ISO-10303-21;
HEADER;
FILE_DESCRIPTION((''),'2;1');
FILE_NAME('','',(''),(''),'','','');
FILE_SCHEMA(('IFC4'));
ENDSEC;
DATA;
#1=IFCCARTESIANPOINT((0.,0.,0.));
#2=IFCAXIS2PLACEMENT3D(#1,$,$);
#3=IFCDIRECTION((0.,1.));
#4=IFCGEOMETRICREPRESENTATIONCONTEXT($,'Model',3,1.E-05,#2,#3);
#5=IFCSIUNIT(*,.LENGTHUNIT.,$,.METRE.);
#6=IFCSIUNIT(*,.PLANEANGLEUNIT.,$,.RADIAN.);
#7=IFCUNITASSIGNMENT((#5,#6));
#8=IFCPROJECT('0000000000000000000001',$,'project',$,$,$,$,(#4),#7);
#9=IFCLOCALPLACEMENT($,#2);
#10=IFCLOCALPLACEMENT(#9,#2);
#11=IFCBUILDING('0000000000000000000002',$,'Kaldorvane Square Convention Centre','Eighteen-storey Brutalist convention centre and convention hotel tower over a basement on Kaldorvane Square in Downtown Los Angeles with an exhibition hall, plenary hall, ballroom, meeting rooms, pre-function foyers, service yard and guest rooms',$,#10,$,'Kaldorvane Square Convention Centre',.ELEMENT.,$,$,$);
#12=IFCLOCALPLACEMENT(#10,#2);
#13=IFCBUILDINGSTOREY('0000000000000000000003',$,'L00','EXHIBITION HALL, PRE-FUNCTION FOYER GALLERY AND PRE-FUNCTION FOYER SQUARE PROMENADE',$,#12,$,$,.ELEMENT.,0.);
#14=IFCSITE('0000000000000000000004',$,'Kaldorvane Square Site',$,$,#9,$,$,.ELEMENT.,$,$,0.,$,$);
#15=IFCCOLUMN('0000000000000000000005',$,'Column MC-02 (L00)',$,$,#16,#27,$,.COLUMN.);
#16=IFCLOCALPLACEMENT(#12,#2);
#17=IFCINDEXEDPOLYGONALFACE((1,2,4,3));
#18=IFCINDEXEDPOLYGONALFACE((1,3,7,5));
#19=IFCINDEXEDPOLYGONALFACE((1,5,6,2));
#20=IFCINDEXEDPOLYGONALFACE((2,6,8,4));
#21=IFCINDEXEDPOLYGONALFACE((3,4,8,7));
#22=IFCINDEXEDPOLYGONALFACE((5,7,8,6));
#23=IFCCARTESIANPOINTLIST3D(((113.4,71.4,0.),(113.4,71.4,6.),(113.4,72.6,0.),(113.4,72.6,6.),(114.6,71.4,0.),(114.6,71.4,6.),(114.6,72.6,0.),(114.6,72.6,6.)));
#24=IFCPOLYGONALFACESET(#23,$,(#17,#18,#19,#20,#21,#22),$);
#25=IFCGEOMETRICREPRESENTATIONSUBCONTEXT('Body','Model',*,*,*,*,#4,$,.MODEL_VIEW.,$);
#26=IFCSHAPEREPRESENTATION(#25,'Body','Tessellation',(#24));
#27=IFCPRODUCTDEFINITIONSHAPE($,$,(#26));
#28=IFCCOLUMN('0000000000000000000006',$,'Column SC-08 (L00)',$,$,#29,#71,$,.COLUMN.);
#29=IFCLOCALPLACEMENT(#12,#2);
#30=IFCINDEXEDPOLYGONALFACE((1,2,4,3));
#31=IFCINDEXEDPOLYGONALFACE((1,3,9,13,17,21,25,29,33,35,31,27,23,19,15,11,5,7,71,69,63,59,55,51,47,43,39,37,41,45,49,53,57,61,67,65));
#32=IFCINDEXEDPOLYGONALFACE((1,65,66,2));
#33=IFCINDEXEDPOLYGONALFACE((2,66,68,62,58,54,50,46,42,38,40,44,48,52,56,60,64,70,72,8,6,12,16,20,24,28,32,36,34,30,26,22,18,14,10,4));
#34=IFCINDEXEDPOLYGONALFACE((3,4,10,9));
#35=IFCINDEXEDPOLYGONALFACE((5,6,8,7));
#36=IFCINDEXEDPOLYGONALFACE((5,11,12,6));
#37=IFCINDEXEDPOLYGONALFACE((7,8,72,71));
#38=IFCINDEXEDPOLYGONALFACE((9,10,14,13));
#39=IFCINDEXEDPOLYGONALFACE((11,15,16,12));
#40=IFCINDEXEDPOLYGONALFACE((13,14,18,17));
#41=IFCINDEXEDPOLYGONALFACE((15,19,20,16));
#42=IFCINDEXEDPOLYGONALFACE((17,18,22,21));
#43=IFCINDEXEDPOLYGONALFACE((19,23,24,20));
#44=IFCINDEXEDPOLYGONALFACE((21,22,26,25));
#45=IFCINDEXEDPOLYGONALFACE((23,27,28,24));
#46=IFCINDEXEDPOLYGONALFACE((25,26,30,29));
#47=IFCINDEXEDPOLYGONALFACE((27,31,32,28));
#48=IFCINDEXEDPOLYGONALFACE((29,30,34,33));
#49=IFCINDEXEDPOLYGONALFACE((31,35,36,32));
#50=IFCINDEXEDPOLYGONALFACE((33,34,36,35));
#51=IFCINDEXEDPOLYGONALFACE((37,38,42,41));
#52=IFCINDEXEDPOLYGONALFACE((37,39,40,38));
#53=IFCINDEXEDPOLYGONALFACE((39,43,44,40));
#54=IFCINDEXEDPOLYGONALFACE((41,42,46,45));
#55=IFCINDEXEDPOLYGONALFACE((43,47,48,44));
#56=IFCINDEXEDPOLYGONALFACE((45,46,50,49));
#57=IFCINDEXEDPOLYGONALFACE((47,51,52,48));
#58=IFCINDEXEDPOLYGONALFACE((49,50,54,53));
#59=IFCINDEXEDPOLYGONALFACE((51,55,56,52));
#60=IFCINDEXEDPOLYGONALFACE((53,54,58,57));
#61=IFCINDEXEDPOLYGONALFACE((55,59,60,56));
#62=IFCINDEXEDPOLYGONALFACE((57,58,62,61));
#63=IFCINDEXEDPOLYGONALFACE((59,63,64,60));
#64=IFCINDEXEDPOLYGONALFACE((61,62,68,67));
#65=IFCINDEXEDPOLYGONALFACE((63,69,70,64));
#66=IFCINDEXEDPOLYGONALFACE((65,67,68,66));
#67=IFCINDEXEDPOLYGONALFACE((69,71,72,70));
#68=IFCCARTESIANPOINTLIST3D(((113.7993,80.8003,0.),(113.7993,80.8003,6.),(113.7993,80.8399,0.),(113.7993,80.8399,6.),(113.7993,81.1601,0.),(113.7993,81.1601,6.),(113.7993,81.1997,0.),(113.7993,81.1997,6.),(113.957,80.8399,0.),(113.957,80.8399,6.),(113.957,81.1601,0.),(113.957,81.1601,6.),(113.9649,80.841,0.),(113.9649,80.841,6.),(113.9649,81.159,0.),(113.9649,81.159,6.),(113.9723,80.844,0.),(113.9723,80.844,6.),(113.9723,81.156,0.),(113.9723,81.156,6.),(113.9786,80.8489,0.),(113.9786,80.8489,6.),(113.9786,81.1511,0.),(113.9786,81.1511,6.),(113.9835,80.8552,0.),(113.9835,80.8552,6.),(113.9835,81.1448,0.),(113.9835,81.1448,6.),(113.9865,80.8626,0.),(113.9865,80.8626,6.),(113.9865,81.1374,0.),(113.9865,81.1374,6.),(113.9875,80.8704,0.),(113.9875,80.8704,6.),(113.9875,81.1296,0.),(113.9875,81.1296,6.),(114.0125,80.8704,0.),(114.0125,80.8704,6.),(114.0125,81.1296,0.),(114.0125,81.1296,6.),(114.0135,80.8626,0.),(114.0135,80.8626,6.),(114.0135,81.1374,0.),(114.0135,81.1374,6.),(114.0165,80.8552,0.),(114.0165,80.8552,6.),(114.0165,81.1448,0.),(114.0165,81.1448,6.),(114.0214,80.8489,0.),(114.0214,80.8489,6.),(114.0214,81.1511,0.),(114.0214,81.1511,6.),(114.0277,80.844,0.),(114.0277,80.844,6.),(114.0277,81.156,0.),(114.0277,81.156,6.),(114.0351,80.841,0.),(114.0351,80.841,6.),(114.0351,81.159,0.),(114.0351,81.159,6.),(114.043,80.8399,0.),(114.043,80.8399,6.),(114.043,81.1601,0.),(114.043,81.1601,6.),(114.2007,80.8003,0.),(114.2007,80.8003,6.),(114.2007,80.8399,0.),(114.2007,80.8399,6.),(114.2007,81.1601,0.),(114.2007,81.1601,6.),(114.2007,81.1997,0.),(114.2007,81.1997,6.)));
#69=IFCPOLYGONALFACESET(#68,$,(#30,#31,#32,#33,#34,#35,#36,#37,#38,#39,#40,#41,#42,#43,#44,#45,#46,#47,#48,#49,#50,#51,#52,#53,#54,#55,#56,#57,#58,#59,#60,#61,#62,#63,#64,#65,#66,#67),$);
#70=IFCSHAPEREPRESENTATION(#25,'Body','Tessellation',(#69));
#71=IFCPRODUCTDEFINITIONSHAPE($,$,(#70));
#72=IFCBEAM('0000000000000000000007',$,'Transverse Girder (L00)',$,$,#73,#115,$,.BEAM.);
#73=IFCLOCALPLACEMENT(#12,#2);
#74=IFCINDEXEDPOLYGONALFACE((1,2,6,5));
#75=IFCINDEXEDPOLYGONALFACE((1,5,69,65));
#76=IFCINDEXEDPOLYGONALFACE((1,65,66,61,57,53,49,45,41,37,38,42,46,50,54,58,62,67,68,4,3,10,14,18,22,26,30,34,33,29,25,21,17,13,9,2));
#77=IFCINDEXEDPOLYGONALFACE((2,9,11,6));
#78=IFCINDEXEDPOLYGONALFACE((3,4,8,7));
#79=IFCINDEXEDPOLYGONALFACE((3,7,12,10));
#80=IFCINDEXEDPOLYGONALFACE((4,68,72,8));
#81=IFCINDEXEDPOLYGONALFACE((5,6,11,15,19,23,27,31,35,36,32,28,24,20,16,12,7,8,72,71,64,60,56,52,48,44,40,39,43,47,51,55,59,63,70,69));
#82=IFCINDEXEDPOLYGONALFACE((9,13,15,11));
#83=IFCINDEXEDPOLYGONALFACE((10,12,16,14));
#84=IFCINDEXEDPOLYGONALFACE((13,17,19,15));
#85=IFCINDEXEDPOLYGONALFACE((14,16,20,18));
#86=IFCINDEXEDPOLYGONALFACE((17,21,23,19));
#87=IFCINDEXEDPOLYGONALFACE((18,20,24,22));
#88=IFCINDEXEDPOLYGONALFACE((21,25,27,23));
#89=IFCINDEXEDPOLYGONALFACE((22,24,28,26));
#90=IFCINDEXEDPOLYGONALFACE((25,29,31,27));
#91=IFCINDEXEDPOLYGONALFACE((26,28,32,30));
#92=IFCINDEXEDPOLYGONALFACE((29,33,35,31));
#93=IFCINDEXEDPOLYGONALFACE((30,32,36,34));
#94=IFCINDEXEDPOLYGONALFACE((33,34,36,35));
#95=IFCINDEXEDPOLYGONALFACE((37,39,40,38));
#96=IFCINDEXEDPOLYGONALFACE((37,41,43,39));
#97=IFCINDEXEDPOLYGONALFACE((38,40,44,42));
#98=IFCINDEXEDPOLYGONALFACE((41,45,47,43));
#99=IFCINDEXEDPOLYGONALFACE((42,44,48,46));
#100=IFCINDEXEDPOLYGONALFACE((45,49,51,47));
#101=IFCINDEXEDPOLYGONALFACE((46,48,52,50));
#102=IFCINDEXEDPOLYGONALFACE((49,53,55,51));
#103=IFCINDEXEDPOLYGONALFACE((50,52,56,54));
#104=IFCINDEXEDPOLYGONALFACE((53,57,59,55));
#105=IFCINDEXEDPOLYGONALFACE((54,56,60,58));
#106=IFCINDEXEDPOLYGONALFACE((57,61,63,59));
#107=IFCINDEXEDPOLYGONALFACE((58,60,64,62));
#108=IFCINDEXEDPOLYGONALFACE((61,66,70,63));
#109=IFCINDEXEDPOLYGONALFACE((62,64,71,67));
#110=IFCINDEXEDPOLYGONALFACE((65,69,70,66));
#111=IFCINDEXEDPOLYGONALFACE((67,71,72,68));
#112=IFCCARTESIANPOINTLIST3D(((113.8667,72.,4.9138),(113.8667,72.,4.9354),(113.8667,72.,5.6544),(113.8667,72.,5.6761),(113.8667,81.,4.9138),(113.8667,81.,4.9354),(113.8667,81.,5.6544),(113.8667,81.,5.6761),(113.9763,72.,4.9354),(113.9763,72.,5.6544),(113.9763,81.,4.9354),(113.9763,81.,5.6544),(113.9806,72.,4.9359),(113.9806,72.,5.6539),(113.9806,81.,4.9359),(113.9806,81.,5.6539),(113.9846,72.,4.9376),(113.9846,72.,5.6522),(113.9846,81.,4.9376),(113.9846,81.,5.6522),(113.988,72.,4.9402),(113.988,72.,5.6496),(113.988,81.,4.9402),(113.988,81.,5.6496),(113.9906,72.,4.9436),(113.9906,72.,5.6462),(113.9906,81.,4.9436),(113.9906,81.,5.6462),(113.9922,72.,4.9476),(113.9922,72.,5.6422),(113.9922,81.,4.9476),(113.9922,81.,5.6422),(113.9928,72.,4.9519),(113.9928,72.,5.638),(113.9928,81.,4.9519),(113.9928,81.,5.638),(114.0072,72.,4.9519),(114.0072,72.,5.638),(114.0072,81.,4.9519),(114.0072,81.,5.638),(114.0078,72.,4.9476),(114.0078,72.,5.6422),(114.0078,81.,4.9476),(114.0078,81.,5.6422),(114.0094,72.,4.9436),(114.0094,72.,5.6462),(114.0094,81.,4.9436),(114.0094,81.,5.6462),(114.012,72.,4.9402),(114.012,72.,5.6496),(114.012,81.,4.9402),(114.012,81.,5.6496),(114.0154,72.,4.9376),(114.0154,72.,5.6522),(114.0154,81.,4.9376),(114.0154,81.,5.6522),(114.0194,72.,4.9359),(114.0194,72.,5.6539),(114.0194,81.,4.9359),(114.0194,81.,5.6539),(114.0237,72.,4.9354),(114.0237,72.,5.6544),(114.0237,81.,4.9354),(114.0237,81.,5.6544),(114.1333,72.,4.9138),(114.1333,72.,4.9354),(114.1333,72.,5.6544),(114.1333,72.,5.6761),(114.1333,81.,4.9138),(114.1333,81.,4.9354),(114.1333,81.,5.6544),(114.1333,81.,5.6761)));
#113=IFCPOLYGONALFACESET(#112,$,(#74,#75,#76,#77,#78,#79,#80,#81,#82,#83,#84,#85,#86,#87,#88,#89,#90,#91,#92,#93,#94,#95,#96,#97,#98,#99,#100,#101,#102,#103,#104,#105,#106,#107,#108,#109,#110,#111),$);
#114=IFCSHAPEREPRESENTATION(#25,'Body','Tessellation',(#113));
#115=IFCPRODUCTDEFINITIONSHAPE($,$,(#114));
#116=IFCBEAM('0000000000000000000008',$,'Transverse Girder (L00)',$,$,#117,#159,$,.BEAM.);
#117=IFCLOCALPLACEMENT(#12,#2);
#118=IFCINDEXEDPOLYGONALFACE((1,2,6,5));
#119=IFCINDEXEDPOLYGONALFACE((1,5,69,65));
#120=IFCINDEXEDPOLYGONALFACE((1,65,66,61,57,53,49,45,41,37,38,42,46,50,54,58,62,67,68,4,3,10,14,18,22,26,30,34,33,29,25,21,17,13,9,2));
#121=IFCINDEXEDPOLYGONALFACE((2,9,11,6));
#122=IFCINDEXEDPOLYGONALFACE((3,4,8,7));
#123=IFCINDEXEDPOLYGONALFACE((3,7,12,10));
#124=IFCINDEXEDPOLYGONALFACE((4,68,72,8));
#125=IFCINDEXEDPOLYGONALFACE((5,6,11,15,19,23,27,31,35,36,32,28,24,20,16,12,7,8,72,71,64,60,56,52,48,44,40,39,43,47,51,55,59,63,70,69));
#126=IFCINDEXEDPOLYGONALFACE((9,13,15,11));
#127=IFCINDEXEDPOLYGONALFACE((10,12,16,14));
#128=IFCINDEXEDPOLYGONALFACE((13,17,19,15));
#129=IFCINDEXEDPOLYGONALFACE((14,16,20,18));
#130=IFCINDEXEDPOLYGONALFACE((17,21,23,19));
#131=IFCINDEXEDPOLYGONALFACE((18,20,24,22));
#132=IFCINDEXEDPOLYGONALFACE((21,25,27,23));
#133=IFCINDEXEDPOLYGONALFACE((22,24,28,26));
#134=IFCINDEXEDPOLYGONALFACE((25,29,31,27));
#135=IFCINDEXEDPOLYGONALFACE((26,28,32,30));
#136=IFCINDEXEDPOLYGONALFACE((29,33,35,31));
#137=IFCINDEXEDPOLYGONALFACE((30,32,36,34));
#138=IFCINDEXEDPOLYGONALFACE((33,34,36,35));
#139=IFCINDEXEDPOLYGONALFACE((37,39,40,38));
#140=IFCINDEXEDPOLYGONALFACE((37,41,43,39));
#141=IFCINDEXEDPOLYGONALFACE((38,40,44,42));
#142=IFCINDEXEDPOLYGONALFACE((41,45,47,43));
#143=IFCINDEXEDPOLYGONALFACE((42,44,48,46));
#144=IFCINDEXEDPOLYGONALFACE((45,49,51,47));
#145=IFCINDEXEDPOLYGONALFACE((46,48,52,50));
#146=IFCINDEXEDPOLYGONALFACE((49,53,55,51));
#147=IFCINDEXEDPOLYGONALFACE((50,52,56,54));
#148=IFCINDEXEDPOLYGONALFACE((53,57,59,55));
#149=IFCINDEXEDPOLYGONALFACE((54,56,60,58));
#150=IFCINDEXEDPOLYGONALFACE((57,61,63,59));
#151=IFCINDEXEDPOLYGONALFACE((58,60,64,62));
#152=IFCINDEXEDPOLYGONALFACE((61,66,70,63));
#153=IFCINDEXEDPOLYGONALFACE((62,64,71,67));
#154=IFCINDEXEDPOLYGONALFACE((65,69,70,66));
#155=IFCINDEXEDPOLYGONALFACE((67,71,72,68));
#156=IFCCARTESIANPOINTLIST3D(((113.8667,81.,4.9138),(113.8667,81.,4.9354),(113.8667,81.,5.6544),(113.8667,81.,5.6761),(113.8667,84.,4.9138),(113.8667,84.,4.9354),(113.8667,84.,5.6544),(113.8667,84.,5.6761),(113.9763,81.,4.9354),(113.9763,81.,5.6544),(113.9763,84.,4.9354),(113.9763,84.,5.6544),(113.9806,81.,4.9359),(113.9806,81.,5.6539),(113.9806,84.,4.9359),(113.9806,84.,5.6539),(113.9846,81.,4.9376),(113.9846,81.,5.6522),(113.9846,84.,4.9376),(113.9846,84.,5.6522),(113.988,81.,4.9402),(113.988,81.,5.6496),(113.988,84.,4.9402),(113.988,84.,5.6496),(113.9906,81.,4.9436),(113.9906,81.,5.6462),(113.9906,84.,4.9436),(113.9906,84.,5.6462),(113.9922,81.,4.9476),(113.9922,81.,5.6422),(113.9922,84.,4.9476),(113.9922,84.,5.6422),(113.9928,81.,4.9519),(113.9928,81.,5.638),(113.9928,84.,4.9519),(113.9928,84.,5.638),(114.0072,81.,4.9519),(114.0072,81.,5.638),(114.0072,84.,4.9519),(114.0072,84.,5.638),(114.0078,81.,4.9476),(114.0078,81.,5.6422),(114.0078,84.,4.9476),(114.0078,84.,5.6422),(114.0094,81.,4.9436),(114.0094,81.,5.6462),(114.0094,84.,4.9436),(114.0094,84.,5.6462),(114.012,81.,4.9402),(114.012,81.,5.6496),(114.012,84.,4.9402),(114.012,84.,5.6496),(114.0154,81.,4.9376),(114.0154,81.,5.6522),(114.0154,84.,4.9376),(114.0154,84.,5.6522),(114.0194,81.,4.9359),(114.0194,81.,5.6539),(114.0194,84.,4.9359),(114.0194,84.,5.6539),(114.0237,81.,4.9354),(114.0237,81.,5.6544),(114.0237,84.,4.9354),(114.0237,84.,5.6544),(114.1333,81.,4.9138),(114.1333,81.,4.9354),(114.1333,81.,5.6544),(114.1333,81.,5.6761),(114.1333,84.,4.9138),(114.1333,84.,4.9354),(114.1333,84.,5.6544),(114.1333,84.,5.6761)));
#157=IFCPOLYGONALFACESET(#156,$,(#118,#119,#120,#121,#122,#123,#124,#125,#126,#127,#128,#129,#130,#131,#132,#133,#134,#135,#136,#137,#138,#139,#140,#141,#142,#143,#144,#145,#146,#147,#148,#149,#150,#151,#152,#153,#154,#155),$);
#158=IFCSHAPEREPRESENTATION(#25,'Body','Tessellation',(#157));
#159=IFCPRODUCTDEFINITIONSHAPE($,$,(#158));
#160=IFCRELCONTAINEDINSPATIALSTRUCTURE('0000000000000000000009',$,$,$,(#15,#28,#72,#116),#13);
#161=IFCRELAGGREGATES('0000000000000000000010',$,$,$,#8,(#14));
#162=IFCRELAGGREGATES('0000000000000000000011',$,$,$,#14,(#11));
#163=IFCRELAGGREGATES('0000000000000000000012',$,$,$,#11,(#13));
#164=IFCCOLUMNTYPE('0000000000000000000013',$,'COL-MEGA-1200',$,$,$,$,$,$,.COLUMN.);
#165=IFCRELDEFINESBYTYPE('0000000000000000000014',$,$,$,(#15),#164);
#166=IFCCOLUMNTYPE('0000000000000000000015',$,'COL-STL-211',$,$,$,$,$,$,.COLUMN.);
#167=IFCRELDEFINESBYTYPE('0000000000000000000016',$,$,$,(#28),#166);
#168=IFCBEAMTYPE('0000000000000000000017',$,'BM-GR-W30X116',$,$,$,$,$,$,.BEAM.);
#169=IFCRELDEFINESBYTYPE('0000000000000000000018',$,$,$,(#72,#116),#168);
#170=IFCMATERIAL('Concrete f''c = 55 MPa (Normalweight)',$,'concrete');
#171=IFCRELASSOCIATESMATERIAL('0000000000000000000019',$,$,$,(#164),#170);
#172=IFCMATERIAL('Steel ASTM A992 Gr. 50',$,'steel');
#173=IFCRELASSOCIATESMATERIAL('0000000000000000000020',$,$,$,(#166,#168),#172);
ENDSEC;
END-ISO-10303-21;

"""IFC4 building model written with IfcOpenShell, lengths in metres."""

from ifc_helpers import new_model, si_unit, direction, frame, origin, origin_2d, place, context, subcontext, project, spatial, rectangle, i_section, extrude, material, material_profile, profile_set, type_object, element, save


model = new_model("IFC4")

# Units and contexts
model_context = context("Model", 3, precision=1e-05, world=origin(), true_north=direction((0.0, 1.0)))
body_context = subcontext(model_context, "Body", "Model", "MODEL_VIEW")
ifc_project = project(units=[si_unit("LENGTHUNIT", "METRE"), si_unit("PLANEANGLEUNIT", "RADIAN")], contexts=[model_context])

# Site, building, storey
site_placement = place(None, origin())
site = spatial("IfcSite", under=ifc_project, at=site_placement, Name="Kaldorvane Square Site", CompositionType="ELEMENT", RefElevation=0.0)
building_placement = place(site_placement, origin())
building = spatial("IfcBuilding", under=site, at=building_placement, Name="Kaldorvane Square Convention Centre", Description="Eighteen-storey Brutalist convention centre and convention hotel tower over a basement on Kaldorvane Square in Downtown Los Angeles with an exhibition hall, plenary hall, ballroom, meeting rooms, pre-function foyers, service yard and guest rooms", LongName="Kaldorvane Square Convention Centre", CompositionType="ELEMENT")
storey_placement = place(building_placement, origin())
storey = spatial("IfcBuildingStorey", under=building, at=storey_placement, Name="L00", Description="EXHIBITION HALL, PRE-FUNCTION FOYER GALLERY AND PRE-FUNCTION FOYER SQUARE PROMENADE", CompositionType="ELEMENT", Elevation=0.0)

# Columns
ifc_material_1 = material(Name="Concrete f'c = 55 MPa (Normalweight)", Category="concrete")
ifc_material_profile_1 = material_profile(ifc_material_1, rectangle(XDim=1.2, YDim=1.2, at=origin_2d()), Name="RC1200X1200")
ifc_profile_set_1 = profile_set([ifc_material_profile_1], Name="Concrete f'c = 55 MPa (Normalweight)")
column_type_1 = type_object("IfcColumnType", Name="COL-MEGA-1200", PredefinedType="COLUMN", material=ifc_profile_set_1)
column_1_placement = place(storey_placement, frame((114.0, 72.0, 0.0), z_axis=(0.0, 0.0, 1.0), x_axis=(1.0, 0.0, 0.0)))
element("IfcColumn", 1, at=column_1_placement, inside=storey, type_object=column_type_1, Name="Column MC-02 (L00)", PredefinedType="COLUMN", context=body_context, shape_type="SweptSolid", body=[
    extrude(rectangle(XDim=1.2, YDim=1.2, at=origin_2d()), origin(), (0.0, 0.0, 1.0), 6.0),
])
ifc_material_2 = material(Name="Steel ASTM A992 Gr. 50", Category="steel")
ifc_material_profile_2 = material_profile(ifc_material_2, i_section(OverallWidth=0.4013, OverallDepth=0.3993, WebThickness=0.0249, FlangeThickness=0.0396, FilletRadius=0.0305, at=origin_2d()), Name="W14X211")
ifc_profile_set_2 = profile_set([ifc_material_profile_2], Name="Steel ASTM A992 Gr. 50")
column_type_2 = type_object("IfcColumnType", Name="COL-STL-211", PredefinedType="COLUMN", material=ifc_profile_set_2)
column_2_placement = place(storey_placement, frame((114.0, 81.0, 0.0), z_axis=(0.0, 0.0, 1.0), x_axis=(1.0, 0.0, 0.0)))
element("IfcColumn", 2, at=column_2_placement, inside=storey, type_object=column_type_2, Name="Column SC-08 (L00)", PredefinedType="COLUMN", context=body_context, shape_type="SweptSolid", body=[
    extrude(i_section(OverallWidth=0.4013, OverallDepth=0.3993, WebThickness=0.0249, FlangeThickness=0.0396, FilletRadius=0.0305, at=origin_2d()), origin(), (0.0, 0.0, 1.0), 6.0),
])

# Beams
ifc_material_profile_3 = material_profile(ifc_material_2, i_section(OverallWidth=0.2666, OverallDepth=0.7623, WebThickness=0.0144, FlangeThickness=0.0216, FilletRadius=0.0165, at=origin_2d()), Name="W30X116")
ifc_profile_set_3 = profile_set([ifc_material_profile_3], Name="Steel ASTM A992 Gr. 50")
beam_type_1 = type_object("IfcBeamType", Name="BM-GR-W30X116", PredefinedType="BEAM", material=ifc_profile_set_3)
beam_1_placement = place(storey_placement, frame((114.0, 72.0, 5.2949), z_axis=(0.0, 1.0, 0.0), x_axis=(-1.0, 0.0, 0.0)))
element("IfcBeam", 3, at=beam_1_placement, inside=storey, type_object=beam_type_1, Name="Transverse Girder (L00)", PredefinedType="BEAM", context=body_context, shape_type="SweptSolid", body=[
    extrude(i_section(OverallWidth=0.2666, OverallDepth=0.7623, WebThickness=0.0144, FlangeThickness=0.0216, FilletRadius=0.0165, at=origin_2d()), origin(), (0.0, 0.0, 1.0), 9.0),
])
beam_2_placement = place(storey_placement, frame((114.0, 81.0, 5.2949), z_axis=(0.0, 1.0, 0.0), x_axis=(-1.0, 0.0, 0.0)))
element("IfcBeam", 4, at=beam_2_placement, inside=storey, type_object=beam_type_1, Name="Transverse Girder (L00)", PredefinedType="BEAM", context=body_context, shape_type="SweptSolid", body=[
    extrude(i_section(OverallWidth=0.2666, OverallDepth=0.7623, WebThickness=0.0144, FlangeThickness=0.0216, FilletRadius=0.0165, at=origin_2d()), origin(), (0.0, 0.0, 1.0), 3.0),
])

save(model, "model.ifc")
